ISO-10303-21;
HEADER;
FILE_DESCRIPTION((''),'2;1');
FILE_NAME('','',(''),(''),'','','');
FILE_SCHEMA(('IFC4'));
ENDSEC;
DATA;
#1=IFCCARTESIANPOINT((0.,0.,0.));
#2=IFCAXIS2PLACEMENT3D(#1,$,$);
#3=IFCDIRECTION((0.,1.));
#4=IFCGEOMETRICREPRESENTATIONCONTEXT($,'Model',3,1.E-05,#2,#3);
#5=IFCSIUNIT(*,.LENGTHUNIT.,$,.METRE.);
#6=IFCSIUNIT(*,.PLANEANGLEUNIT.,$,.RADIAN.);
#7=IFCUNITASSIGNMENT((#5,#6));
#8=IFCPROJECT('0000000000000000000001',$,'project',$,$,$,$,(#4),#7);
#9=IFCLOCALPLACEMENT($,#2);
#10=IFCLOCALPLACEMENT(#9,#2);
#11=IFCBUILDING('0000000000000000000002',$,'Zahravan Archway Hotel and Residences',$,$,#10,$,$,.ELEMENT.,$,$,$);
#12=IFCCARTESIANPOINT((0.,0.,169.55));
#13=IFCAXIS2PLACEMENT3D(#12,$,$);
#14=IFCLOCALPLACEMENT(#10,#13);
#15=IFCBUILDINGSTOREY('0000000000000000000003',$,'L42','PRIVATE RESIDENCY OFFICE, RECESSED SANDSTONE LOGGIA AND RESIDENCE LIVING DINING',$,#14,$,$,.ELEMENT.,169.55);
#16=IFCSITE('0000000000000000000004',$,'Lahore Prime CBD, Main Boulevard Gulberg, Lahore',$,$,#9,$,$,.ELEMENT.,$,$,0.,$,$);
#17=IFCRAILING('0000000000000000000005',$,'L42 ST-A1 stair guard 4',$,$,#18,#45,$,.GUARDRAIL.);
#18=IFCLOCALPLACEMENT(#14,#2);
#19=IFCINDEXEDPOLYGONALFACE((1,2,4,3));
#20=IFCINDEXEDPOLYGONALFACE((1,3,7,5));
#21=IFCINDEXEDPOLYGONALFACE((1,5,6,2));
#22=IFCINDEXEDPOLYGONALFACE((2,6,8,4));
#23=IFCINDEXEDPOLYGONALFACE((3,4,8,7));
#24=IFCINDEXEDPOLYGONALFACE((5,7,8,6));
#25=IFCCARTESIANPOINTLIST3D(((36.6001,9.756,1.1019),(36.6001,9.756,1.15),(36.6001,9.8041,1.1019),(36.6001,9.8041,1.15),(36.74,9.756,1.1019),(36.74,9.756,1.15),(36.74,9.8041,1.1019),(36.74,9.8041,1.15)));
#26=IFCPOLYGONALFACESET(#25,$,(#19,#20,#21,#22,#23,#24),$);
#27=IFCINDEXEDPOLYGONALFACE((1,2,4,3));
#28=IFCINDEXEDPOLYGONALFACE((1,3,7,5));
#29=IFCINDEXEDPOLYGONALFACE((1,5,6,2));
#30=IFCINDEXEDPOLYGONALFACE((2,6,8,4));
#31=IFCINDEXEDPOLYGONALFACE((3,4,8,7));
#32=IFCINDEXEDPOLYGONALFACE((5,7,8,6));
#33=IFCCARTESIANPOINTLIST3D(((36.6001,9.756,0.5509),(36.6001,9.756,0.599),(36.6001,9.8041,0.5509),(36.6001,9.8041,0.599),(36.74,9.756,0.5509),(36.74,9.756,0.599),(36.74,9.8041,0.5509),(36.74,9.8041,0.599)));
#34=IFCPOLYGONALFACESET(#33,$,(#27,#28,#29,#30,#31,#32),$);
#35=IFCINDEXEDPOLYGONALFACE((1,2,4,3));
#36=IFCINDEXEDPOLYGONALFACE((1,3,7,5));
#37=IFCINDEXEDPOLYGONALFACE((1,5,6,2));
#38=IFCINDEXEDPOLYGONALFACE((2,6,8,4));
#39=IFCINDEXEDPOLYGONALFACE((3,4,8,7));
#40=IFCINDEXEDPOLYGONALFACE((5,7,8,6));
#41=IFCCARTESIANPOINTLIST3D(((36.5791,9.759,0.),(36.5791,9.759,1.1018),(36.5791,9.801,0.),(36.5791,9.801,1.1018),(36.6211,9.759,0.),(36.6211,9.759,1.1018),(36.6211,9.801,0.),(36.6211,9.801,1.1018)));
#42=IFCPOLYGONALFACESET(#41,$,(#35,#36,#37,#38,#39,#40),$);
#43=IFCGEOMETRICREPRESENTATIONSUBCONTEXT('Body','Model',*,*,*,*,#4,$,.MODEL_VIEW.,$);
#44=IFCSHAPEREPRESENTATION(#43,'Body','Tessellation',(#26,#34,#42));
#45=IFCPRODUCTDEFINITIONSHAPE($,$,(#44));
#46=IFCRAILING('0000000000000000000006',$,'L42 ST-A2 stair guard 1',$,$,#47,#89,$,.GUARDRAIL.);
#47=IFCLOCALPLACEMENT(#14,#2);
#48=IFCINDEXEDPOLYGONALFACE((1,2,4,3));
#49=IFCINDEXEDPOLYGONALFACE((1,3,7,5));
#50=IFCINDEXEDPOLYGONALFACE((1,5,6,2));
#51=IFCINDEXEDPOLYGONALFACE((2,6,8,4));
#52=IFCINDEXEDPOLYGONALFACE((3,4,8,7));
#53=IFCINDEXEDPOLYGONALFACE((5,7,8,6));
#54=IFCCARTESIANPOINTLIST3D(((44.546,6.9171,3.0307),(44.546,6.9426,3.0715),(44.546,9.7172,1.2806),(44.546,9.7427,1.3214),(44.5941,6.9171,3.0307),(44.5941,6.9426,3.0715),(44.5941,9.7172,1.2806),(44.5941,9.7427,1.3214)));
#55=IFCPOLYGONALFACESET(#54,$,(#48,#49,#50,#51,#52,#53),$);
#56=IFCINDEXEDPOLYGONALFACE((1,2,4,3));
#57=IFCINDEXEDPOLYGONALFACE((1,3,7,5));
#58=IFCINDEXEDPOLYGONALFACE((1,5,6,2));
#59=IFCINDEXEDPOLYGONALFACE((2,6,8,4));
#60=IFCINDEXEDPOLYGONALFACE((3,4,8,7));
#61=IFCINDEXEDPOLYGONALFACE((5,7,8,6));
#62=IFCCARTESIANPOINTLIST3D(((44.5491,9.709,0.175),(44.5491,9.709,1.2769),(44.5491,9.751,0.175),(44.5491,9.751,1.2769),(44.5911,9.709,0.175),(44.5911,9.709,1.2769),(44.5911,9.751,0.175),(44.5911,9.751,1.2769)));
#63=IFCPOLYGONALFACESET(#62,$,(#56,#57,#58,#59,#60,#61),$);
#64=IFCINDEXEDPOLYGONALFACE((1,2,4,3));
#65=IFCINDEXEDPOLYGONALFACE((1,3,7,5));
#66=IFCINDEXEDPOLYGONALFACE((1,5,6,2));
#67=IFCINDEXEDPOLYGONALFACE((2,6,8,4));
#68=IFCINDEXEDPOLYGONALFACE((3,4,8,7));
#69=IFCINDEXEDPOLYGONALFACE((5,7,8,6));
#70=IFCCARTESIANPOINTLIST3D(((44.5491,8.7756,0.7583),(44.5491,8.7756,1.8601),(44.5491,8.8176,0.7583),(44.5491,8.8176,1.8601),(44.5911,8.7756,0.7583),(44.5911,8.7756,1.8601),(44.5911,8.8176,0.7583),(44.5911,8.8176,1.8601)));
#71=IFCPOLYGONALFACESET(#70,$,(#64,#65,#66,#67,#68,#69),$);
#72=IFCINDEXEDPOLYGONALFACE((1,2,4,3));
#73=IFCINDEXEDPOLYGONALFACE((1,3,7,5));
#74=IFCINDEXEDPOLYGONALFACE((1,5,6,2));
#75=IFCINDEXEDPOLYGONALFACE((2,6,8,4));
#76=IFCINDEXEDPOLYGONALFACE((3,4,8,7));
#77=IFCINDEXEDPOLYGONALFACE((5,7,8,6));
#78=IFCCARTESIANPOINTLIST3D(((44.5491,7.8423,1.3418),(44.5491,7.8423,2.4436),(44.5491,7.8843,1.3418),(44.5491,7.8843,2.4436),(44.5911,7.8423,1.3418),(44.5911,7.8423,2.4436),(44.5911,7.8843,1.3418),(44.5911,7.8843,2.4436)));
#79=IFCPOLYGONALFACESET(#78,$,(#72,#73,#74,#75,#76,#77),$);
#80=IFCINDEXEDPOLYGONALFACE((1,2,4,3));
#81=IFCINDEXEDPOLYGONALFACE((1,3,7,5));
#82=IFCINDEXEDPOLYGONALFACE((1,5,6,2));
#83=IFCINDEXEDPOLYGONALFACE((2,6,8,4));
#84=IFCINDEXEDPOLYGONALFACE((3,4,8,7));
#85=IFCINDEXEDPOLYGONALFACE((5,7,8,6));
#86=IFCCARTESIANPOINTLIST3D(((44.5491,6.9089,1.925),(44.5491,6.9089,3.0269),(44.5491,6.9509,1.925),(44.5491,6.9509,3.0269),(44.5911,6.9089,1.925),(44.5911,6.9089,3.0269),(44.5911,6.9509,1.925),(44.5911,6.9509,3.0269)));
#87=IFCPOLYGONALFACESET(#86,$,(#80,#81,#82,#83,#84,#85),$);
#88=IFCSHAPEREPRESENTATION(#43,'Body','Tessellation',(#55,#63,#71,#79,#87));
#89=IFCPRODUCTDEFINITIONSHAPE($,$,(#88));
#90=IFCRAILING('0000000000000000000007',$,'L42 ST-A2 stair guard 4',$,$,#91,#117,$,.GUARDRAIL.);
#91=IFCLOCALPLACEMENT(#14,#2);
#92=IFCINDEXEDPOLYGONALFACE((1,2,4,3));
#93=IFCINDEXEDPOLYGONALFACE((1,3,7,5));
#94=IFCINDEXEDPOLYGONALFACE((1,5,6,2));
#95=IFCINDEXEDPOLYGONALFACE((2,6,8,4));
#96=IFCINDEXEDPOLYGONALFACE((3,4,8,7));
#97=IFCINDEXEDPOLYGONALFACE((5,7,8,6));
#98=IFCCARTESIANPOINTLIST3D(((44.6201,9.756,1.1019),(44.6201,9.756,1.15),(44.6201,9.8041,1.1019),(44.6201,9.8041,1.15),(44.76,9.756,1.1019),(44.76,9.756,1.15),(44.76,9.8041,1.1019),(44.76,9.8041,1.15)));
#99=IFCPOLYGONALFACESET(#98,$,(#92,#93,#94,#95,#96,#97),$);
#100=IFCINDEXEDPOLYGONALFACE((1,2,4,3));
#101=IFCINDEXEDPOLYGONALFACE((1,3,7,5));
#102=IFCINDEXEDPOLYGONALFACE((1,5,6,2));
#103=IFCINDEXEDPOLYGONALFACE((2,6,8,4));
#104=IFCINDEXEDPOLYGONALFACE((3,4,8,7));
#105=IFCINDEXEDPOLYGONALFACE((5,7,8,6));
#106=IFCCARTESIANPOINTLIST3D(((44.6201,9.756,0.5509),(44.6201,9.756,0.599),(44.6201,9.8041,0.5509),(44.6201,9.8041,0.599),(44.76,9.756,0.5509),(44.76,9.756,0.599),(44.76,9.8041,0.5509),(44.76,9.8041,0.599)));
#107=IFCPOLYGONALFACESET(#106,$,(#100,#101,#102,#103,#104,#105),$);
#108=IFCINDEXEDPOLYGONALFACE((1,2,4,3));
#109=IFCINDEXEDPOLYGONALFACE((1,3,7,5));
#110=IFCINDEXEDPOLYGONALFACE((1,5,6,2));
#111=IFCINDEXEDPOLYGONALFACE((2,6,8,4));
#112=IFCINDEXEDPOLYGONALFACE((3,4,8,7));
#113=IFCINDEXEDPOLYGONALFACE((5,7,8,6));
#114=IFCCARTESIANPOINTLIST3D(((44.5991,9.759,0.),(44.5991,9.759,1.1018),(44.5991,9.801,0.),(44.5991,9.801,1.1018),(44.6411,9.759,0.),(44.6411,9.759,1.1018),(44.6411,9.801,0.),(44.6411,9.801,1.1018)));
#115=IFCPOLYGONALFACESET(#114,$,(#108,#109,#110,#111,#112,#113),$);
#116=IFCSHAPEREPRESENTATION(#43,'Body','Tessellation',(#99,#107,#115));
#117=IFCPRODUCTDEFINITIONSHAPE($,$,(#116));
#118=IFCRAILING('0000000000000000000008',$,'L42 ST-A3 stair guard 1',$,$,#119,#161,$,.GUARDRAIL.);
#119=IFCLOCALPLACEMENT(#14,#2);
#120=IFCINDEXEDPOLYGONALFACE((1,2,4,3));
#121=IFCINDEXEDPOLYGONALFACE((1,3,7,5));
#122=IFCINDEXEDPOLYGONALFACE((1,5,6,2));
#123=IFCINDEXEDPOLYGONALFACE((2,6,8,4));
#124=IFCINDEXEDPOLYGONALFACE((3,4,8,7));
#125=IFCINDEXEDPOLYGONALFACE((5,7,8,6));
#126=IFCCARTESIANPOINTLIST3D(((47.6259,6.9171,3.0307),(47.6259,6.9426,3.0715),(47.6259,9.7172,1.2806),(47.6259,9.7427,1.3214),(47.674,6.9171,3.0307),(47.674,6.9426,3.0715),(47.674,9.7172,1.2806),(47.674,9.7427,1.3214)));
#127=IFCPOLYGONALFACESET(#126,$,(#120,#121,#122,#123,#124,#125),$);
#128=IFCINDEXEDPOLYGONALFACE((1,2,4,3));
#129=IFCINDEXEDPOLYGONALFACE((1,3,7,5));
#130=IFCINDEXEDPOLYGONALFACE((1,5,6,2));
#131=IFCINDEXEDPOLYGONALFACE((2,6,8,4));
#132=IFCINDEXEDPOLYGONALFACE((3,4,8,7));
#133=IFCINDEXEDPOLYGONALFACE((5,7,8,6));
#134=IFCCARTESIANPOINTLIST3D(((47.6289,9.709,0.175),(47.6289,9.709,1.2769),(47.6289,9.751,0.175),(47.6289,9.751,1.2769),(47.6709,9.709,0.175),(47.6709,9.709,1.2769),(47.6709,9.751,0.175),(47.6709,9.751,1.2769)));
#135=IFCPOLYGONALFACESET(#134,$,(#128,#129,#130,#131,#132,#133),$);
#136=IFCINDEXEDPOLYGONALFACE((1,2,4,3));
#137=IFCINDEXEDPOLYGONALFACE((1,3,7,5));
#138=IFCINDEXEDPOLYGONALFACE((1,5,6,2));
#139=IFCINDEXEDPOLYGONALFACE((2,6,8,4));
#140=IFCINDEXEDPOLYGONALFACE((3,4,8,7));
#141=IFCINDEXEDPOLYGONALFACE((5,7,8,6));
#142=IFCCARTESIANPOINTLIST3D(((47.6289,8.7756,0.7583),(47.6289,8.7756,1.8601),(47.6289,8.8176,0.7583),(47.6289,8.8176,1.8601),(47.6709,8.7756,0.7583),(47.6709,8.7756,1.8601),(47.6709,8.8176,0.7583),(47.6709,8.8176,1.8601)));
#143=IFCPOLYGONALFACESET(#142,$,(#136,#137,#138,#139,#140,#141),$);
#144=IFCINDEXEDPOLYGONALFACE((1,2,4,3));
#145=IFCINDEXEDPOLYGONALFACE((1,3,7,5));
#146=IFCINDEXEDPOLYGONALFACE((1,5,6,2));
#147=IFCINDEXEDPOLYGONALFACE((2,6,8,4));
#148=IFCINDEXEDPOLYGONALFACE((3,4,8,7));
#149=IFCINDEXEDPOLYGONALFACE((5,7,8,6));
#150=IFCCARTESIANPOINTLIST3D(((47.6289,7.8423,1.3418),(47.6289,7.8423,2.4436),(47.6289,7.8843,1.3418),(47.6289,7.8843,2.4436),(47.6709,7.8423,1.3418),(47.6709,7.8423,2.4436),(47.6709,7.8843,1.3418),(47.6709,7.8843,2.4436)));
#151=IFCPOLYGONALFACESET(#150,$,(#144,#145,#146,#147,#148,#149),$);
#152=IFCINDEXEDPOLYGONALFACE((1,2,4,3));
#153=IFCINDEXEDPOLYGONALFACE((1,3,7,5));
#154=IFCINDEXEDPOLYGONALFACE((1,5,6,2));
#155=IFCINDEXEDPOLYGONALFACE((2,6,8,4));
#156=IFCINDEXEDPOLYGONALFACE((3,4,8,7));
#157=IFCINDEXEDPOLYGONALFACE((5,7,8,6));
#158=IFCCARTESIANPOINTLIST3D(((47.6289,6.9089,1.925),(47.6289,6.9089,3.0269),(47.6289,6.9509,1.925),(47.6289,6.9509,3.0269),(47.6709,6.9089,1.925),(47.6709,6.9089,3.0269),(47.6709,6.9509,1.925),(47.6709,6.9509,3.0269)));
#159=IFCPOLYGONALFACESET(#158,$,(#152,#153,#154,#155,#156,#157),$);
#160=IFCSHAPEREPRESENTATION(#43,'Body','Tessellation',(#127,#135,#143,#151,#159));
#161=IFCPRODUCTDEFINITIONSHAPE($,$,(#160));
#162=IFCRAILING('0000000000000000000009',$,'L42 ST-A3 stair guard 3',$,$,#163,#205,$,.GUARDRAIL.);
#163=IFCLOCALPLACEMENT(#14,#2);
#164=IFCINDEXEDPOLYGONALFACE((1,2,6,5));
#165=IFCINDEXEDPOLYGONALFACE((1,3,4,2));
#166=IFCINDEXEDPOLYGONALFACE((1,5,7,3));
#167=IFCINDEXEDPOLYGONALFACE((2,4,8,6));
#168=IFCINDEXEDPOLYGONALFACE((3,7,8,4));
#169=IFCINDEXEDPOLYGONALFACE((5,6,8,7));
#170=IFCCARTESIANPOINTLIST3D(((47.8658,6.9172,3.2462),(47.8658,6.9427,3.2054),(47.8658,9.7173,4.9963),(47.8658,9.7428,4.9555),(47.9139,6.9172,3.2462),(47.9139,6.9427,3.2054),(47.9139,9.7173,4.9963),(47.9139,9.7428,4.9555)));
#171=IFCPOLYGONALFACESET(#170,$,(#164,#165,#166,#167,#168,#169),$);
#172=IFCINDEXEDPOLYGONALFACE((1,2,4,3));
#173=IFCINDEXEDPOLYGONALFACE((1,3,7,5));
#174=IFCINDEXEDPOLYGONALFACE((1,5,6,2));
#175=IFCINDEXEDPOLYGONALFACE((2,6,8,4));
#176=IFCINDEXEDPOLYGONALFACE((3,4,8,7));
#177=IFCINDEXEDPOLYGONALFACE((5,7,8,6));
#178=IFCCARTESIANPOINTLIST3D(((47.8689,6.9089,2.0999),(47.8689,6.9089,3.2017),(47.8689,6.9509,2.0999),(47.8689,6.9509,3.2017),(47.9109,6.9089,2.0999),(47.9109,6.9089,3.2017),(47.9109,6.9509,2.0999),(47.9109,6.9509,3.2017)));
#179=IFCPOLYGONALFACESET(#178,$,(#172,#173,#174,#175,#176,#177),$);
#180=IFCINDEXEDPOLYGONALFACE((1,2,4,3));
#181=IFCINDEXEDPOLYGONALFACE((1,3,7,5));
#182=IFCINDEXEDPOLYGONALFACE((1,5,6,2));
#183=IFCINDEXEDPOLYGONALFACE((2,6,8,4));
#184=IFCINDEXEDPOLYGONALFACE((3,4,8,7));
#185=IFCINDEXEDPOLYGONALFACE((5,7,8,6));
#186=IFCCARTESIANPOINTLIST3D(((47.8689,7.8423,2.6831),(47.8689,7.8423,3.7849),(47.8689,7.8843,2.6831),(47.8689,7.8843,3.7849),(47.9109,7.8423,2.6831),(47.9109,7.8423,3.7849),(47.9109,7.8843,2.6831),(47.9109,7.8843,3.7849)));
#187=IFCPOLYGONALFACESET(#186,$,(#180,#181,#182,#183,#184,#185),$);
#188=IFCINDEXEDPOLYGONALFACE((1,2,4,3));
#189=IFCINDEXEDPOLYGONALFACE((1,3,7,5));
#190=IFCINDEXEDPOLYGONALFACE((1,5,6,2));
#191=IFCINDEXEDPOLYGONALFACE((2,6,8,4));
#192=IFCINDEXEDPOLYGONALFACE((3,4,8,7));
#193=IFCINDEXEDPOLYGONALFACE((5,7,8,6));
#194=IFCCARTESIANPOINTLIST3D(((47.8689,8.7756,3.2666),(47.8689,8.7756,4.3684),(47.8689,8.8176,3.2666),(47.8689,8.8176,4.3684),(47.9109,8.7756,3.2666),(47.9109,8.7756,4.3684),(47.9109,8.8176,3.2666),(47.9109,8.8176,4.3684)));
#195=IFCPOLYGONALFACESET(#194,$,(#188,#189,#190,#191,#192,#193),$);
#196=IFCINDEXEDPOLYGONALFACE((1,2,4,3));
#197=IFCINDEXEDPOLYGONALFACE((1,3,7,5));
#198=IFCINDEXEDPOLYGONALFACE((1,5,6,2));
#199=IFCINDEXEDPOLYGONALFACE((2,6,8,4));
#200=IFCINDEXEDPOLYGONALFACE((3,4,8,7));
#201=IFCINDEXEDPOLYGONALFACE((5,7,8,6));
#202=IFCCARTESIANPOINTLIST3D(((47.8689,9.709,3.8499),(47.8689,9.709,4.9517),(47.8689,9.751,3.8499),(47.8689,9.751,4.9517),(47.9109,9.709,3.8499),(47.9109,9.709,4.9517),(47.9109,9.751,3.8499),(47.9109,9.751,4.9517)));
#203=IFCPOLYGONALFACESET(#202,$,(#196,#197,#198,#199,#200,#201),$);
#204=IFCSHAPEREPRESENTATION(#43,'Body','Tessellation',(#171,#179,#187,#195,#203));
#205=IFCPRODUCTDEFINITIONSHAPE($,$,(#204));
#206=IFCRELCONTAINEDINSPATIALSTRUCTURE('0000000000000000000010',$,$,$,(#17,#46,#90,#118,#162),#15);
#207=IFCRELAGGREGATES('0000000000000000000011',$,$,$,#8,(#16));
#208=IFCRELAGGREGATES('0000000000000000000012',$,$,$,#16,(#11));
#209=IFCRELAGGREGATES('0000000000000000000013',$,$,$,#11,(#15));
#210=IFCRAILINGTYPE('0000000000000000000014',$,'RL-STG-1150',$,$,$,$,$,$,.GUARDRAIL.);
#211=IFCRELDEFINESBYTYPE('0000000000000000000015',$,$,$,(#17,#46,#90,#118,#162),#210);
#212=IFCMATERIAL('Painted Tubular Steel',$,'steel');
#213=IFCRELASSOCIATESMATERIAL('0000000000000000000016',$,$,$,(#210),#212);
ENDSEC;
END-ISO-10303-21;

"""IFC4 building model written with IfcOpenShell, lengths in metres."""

from ifc_helpers import new_model, si_unit, direction, frame, origin, origin_2d, place, context, subcontext, project, spatial, rectangle, extrude, material, type_object, element, save


model = new_model("IFC4")

# Units and contexts
model_context = context("Model", 3, precision=1e-05, world=origin(), true_north=direction((0.0, 1.0)))
body_context = subcontext(model_context, "Body", "Model", "MODEL_VIEW")
ifc_project = project(units=[si_unit("LENGTHUNIT", "METRE"), si_unit("PLANEANGLEUNIT", "RADIAN")], contexts=[model_context])

# Site, building, storey
site_placement = place(None, origin())
site = spatial("IfcSite", under=ifc_project, at=site_placement, Name="Lahore Prime CBD, Main Boulevard Gulberg, Lahore", CompositionType="ELEMENT", RefElevation=0.0)
building_placement = place(site_placement, origin())
building = spatial("IfcBuilding", under=site, at=building_placement, Name="Zahravan Archway Hotel and Residences", CompositionType="ELEMENT")
storey_placement = place(building_placement, frame((0.0, 0.0, 169.55)))
storey = spatial("IfcBuildingStorey", under=building, at=storey_placement, Name="L42", Description="PRIVATE RESIDENCY OFFICE, RECESSED SANDSTONE LOGGIA AND RESIDENCE LIVING DINING", CompositionType="ELEMENT", Elevation=169.55)

# Railings
ifc_material_1 = material(Name="Painted Tubular Steel", Category="steel")
railing_type_1 = type_object("IfcRailingType", Name="RL-STG-1150", PredefinedType="GUARDRAIL", material=ifc_material_1)
railing_1_placement = place(storey_placement, frame((36.6001, 9.78, 0.0)))
element("IfcRailing", 1, at=railing_1_placement, inside=storey, type_object=railing_type_1, Name="L42 ST-A1 stair guard 4", PredefinedType="GUARDRAIL", context=body_context, shape_type="SweptSolid", body=[
    extrude(rectangle(XDim=0.0481, YDim=0.0481, at=origin_2d()), frame((0.0, 0.0, 1.126), z_axis=(1.0, 0.0, 0.0), x_axis=(0.0, 1.0, 0.0)), (0.0, 0.0, 1.0), 0.1399),
    extrude(rectangle(XDim=0.0481, YDim=0.0481, at=origin_2d()), frame((0.0, 0.0, 0.575), z_axis=(1.0, 0.0, 0.0), x_axis=(0.0, 1.0, 0.0)), (0.0, 0.0, 1.0), 0.1399),
    extrude(rectangle(XDim=0.042, YDim=0.042, at=origin_2d()), origin(), (0.0, 0.0, 1.0), 1.1018),
])
railing_2_placement = place(storey_placement, frame((44.5701, 9.73, 0.175)))
element("IfcRailing", 2, at=railing_2_placement, inside=storey, type_object=railing_type_1, Name="L42 ST-A2 stair guard 1", PredefinedType="GUARDRAIL", context=body_context, shape_type="SweptSolid", body=[
    extrude(rectangle(XDim=0.0481, YDim=0.0481, at=origin_2d()), frame((0.0, 0.0, 1.126), z_axis=(0.0, -0.848002, 0.529992), x_axis=(1.0, 0.0, 0.0)), (0.0, 0.0, 1.0), 3.302),
    extrude(rectangle(XDim=0.042, YDim=0.042, at=origin_2d()), origin(), (0.0, 0.0, 1.0), 1.1018),
    extrude(rectangle(XDim=0.042, YDim=0.042, at=origin_2d()), frame((0.0, -0.9333, 0.5833)), (0.0, 0.0, 1.0), 1.1018),
    extrude(rectangle(XDim=0.042, YDim=0.042, at=origin_2d()), frame((0.0, -1.8667, 1.1667)), (0.0, 0.0, 1.0), 1.1018),
    extrude(rectangle(XDim=0.042, YDim=0.042, at=origin_2d()), frame((0.0, -2.8, 1.75)), (0.0, 0.0, 1.0), 1.1018),
])
railing_3_placement = place(storey_placement, frame((44.6201, 9.78, 0.0)))
element("IfcRailing", 3, at=railing_3_placement, inside=storey, type_object=railing_type_1, Name="L42 ST-A2 stair guard 4", PredefinedType="GUARDRAIL", context=body_context, shape_type="SweptSolid", body=[
    extrude(rectangle(XDim=0.0481, YDim=0.0481, at=origin_2d()), frame((0.0, 0.0, 1.126), z_axis=(1.0, 0.0, 0.0), x_axis=(0.0, 1.0, 0.0)), (0.0, 0.0, 1.0), 0.1399),
    extrude(rectangle(XDim=0.0481, YDim=0.0481, at=origin_2d()), frame((0.0, 0.0, 0.575), z_axis=(1.0, 0.0, 0.0), x_axis=(0.0, 1.0, 0.0)), (0.0, 0.0, 1.0), 0.1399),
    extrude(rectangle(XDim=0.042, YDim=0.042, at=origin_2d()), origin(), (0.0, 0.0, 1.0), 1.1018),
])
railing_4_placement = place(storey_placement, frame((47.6499, 9.73, 0.175)))
element("IfcRailing", 4, at=railing_4_placement, inside=storey, type_object=railing_type_1, Name="L42 ST-A3 stair guard 1", PredefinedType="GUARDRAIL", context=body_context, shape_type="SweptSolid", body=[
    extrude(rectangle(XDim=0.0481, YDim=0.0481, at=origin_2d()), frame((0.0, 0.0, 1.126), z_axis=(0.0, -0.848002, 0.529992), x_axis=(1.0, 0.0, 0.0)), (0.0, 0.0, 1.0), 3.302),
    extrude(rectangle(XDim=0.042, YDim=0.042, at=origin_2d()), origin(), (0.0, 0.0, 1.0), 1.1018),
    extrude(rectangle(XDim=0.042, YDim=0.042, at=origin_2d()), frame((0.0, -0.9333, 0.5833)), (0.0, 0.0, 1.0), 1.1018),
    extrude(rectangle(XDim=0.042, YDim=0.042, at=origin_2d()), frame((0.0, -1.8667, 1.1667)), (0.0, 0.0, 1.0), 1.1018),
    extrude(rectangle(XDim=0.042, YDim=0.042, at=origin_2d()), frame((0.0, -2.8, 1.75)), (0.0, 0.0, 1.0), 1.1018),
])
railing_5_placement = place(storey_placement, frame((47.8899, 6.9299, 2.0999)))
element("IfcRailing", 5, at=railing_5_placement, inside=storey, type_object=railing_type_1, Name="L42 ST-A3 stair guard 3", PredefinedType="GUARDRAIL", context=body_context, shape_type="SweptSolid", body=[
    extrude(rectangle(XDim=0.0481, YDim=0.0481, at=origin_2d()), frame((0.0, 0.0, 1.126), z_axis=(0.0, 0.848002, 0.529992), x_axis=(-1.0, 0.0, 0.0)), (0.0, 0.0, 1.0), 3.302),
    extrude(rectangle(XDim=0.042, YDim=0.042, at=origin_2d()), origin(), (0.0, 0.0, 1.0), 1.1018),
    extrude(rectangle(XDim=0.042, YDim=0.042, at=origin_2d()), frame((0.0, 0.9333, 0.5833)), (0.0, 0.0, 1.0), 1.1018),
    extrude(rectangle(XDim=0.042, YDim=0.042, at=origin_2d()), frame((0.0, 1.8667, 1.1667)), (0.0, 0.0, 1.0), 1.1018),
    extrude(rectangle(XDim=0.042, YDim=0.042, at=origin_2d()), frame((0.0, 2.8, 1.75)), (0.0, 0.0, 1.0), 1.1018),
])

save(model, "model.ifc")
